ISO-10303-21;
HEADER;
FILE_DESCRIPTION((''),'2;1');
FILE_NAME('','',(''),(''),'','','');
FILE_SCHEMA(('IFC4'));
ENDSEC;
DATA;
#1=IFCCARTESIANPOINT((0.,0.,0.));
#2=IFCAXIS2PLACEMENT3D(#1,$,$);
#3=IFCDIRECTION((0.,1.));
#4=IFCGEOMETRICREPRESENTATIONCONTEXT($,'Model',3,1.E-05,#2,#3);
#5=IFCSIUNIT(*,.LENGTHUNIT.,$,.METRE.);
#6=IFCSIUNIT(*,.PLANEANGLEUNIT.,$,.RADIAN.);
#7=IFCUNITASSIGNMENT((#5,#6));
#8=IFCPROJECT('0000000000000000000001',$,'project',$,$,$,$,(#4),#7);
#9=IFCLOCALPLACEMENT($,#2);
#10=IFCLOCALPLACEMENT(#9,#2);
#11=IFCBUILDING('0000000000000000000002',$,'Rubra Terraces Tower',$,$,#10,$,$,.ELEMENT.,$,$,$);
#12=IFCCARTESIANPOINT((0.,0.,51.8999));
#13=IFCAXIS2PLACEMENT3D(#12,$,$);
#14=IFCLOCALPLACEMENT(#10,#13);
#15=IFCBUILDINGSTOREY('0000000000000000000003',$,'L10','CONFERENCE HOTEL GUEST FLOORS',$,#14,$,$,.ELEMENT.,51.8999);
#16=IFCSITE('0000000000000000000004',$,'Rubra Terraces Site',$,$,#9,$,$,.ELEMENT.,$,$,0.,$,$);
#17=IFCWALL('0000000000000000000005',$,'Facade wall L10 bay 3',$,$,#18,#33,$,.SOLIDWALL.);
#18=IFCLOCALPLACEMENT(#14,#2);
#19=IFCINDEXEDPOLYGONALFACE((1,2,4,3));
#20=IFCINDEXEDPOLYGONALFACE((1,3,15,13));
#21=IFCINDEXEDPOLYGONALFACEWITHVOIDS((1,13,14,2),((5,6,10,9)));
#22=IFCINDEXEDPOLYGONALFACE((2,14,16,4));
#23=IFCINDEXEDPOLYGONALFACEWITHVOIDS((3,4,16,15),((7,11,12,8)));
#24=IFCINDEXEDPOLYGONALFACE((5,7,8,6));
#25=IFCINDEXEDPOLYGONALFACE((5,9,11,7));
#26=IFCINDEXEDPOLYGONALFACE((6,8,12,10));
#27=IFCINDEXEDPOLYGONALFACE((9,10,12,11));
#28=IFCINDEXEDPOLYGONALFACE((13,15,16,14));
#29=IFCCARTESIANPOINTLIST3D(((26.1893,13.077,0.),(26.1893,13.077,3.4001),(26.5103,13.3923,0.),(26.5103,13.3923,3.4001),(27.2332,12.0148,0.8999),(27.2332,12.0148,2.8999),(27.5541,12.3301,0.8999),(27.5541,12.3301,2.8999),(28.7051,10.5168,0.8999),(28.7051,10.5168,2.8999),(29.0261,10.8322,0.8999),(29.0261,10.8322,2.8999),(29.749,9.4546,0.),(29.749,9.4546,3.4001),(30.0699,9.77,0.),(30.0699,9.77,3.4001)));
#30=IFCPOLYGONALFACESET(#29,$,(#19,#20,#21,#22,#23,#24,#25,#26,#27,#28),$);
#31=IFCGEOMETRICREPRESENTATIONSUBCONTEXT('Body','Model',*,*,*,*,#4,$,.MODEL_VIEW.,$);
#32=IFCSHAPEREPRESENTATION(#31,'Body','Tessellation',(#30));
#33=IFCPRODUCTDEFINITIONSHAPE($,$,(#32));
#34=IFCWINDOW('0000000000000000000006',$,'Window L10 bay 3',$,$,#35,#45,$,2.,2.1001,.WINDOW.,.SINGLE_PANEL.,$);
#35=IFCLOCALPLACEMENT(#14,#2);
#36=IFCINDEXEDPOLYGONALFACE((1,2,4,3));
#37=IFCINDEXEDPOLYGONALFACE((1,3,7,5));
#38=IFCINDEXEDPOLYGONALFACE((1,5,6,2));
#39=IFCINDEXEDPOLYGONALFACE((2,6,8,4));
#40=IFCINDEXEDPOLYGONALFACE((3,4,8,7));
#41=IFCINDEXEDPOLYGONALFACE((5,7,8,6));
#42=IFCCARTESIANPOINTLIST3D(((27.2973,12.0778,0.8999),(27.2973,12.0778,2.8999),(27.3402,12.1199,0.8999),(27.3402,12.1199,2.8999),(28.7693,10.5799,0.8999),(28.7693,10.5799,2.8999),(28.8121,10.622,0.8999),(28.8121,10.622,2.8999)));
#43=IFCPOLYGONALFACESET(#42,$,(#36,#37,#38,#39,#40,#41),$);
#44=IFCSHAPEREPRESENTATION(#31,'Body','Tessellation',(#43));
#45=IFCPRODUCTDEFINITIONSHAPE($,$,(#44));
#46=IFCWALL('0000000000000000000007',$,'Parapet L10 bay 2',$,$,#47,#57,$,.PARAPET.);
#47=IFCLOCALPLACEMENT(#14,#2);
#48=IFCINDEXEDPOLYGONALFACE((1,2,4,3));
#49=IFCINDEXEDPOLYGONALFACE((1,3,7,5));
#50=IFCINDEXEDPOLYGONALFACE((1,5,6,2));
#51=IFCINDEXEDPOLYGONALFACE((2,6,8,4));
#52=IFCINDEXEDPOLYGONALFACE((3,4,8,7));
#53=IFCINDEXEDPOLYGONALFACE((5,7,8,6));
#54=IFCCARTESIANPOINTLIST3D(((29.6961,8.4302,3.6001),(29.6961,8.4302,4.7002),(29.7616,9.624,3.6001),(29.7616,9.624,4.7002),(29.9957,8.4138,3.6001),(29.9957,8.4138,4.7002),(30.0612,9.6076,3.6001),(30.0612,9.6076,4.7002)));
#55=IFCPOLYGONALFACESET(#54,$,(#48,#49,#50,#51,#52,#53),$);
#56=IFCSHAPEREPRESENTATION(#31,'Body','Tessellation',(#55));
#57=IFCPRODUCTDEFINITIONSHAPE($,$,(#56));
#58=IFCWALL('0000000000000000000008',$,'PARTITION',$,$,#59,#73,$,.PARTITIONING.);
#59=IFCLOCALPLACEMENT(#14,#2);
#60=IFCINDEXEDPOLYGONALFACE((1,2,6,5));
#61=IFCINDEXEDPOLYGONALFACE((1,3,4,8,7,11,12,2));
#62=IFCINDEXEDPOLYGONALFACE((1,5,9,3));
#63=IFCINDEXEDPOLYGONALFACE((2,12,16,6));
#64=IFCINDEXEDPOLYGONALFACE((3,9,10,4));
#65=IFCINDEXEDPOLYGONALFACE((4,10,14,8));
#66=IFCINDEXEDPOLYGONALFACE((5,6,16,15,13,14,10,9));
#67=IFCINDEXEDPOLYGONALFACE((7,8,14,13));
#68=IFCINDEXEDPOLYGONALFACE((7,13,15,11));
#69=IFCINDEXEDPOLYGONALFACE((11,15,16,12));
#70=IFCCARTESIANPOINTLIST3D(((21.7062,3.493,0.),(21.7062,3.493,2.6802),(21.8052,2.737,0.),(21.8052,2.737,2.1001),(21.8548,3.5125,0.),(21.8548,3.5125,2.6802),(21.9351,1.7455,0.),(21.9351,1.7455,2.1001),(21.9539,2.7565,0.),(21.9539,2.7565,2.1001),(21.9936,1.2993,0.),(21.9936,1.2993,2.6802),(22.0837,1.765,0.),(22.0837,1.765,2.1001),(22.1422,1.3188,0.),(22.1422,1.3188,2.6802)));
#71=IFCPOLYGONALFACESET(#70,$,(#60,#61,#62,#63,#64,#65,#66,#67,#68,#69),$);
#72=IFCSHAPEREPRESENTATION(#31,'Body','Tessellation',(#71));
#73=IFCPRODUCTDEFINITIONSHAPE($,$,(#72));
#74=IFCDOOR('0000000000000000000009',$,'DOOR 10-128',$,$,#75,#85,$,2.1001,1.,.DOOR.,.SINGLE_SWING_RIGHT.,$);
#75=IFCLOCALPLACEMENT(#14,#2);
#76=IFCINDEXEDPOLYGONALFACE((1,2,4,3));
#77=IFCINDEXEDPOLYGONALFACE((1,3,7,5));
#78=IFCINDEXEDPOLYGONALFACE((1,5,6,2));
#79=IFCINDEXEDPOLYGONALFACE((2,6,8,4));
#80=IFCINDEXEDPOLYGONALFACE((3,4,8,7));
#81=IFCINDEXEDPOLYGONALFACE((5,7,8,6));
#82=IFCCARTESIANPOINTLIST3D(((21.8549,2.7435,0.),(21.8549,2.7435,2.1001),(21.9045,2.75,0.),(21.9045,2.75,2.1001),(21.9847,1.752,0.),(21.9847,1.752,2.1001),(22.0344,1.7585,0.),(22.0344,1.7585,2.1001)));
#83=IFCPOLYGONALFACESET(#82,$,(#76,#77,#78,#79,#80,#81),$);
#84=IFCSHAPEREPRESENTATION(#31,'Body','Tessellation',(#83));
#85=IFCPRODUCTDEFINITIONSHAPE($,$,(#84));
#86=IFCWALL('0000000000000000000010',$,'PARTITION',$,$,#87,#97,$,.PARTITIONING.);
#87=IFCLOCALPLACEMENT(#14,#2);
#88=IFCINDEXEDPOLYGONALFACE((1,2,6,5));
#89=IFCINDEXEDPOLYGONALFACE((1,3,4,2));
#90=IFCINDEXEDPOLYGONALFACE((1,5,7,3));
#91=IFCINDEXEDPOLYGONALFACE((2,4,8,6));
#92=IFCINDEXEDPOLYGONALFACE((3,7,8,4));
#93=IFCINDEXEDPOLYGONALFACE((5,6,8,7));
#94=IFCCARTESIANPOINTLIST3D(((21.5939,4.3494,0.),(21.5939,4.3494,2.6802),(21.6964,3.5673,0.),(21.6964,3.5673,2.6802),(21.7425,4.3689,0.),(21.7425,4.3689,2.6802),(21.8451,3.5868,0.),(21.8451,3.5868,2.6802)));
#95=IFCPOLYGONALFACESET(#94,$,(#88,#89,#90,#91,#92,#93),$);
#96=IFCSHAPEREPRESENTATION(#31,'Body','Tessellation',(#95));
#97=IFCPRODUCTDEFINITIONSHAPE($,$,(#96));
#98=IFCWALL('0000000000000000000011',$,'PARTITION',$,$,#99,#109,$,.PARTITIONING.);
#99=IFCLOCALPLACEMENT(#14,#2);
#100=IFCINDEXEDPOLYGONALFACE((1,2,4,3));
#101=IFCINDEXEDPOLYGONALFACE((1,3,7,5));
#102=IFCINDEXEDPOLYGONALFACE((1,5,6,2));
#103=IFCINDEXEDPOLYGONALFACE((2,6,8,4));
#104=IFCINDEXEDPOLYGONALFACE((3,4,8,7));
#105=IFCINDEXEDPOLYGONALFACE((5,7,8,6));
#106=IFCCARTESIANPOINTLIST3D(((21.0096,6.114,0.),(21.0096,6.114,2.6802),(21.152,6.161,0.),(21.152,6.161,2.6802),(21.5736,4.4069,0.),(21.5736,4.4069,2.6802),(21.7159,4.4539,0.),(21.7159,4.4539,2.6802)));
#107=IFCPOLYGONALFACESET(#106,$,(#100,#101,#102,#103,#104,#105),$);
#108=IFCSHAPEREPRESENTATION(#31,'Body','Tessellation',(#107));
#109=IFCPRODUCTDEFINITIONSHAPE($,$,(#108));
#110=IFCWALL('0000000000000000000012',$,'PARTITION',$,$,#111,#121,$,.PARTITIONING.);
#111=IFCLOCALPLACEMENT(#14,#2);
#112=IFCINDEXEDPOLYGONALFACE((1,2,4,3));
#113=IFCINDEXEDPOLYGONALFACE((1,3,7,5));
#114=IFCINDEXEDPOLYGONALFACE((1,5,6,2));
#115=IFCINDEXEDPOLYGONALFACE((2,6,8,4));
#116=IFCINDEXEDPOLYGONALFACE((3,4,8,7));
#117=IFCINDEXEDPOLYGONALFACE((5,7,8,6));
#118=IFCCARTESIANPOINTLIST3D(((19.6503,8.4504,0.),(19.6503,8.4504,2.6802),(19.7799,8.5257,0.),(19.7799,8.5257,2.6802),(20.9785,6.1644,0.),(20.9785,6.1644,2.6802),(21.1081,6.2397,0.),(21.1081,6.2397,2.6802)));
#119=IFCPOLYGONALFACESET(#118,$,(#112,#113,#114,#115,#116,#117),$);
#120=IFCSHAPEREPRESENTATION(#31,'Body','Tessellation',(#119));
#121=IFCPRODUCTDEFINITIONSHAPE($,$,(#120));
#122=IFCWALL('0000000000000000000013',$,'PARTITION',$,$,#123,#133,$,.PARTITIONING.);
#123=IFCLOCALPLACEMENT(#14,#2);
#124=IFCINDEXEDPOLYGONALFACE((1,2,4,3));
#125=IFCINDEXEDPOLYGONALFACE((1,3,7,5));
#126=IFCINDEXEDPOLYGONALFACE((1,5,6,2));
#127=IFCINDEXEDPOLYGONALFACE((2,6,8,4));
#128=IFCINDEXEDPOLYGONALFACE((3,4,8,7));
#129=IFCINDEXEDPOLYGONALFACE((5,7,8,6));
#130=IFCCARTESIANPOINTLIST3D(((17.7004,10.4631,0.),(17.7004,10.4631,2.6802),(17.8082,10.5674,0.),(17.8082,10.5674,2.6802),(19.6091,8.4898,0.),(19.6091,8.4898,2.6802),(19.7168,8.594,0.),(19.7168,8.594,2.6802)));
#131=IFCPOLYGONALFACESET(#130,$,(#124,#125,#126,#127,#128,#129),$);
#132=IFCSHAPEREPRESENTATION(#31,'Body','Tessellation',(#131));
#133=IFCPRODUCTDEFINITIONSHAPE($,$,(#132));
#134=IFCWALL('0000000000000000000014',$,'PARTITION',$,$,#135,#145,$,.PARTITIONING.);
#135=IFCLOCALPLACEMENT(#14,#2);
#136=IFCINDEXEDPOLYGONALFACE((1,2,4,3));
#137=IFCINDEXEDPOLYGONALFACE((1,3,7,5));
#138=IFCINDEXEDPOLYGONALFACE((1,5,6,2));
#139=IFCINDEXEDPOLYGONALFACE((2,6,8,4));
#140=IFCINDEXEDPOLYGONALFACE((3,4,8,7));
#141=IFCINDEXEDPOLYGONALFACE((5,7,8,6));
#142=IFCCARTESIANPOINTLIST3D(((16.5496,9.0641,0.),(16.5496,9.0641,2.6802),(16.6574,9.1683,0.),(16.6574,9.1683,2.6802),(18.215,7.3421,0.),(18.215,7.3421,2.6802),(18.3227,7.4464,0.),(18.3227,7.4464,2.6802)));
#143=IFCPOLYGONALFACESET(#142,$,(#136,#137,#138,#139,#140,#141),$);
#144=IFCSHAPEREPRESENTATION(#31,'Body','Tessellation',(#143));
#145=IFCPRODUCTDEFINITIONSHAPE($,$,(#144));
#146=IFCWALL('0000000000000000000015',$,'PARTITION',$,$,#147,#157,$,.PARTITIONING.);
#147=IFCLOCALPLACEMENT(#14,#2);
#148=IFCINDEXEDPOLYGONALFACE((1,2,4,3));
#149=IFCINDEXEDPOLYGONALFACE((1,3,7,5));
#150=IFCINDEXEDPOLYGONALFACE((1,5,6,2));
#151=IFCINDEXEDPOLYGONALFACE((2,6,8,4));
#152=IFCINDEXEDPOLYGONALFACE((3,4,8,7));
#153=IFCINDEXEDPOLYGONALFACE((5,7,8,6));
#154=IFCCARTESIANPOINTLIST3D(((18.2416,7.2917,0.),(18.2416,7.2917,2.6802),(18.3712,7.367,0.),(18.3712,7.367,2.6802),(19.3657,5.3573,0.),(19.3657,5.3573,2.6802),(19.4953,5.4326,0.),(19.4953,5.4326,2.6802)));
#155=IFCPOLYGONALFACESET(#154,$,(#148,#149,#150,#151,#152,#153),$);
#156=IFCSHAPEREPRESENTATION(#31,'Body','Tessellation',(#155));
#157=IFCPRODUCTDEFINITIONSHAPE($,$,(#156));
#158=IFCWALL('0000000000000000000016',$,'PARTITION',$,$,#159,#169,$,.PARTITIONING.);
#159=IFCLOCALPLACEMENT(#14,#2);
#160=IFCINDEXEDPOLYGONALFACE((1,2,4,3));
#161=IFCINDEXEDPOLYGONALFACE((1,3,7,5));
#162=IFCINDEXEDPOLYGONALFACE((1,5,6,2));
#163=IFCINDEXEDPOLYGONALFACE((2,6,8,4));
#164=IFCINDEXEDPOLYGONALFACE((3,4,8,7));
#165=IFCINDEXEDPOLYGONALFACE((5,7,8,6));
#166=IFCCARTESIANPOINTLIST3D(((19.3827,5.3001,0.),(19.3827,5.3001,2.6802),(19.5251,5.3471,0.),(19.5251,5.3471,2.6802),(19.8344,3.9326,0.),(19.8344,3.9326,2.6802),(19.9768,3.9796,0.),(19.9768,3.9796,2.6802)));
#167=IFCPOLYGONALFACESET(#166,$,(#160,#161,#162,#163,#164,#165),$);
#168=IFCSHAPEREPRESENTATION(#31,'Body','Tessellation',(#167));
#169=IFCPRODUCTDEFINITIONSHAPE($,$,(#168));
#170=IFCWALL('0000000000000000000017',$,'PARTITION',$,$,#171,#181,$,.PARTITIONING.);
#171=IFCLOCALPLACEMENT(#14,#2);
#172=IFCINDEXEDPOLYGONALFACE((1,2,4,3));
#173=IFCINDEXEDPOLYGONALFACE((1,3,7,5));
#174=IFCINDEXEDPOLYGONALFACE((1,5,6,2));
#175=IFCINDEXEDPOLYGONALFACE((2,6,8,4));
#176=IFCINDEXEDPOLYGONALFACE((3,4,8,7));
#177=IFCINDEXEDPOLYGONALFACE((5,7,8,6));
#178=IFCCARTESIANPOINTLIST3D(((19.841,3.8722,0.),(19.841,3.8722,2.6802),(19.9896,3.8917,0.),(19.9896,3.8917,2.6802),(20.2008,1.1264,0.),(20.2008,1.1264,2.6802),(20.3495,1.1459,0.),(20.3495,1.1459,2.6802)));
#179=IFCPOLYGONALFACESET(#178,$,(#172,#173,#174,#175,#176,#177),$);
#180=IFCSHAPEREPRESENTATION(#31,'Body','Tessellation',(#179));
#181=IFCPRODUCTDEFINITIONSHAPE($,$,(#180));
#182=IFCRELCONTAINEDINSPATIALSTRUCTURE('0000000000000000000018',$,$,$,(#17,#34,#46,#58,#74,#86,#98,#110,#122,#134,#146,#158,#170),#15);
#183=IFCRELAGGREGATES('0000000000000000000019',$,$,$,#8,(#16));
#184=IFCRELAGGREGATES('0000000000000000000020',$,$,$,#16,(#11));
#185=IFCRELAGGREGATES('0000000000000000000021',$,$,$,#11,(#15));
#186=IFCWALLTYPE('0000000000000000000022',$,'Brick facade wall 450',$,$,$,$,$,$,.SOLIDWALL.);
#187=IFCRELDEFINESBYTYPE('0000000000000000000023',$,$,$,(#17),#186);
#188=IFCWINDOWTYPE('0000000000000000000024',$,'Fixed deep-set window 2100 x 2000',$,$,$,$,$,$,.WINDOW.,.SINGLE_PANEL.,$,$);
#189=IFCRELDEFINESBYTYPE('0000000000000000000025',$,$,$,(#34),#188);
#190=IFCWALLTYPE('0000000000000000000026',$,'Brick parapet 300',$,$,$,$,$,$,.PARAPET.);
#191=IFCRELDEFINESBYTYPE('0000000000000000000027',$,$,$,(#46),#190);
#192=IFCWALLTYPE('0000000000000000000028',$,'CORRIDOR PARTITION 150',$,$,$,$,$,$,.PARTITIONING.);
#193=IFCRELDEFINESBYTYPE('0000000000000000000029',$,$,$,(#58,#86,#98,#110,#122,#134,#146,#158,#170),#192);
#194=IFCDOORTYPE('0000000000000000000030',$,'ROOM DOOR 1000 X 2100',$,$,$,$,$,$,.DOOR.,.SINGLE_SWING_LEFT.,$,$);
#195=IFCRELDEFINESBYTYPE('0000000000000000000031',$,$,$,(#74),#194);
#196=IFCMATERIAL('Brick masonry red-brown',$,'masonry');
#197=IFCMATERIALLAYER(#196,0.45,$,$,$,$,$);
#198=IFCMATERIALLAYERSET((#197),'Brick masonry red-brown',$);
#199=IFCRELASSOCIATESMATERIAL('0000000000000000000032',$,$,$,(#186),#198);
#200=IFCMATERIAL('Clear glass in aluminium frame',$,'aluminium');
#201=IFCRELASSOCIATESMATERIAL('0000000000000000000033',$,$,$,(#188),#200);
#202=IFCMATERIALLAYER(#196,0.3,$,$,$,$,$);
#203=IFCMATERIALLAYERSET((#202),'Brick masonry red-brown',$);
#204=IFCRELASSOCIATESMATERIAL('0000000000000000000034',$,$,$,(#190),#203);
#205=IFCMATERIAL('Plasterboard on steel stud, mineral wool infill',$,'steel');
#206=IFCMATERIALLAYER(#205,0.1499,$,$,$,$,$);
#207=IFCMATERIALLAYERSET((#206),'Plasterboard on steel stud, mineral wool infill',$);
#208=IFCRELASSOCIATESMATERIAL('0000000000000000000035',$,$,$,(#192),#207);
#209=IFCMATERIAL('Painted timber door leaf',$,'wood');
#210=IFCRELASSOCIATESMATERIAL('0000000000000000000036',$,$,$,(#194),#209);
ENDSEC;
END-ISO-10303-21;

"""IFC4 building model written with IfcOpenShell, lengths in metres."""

from ifc_helpers import new_model, si_unit, direction, frame, frame_2d, origin, place, context, subcontext, project, spatial, rectangle, extrude, material, layer, layer_set, type_object, element, fill, save


model = new_model("IFC4")

# Units and contexts
model_context = context("Model", 3, precision=1e-05, world=origin(), true_north=direction((0.0, 1.0)))
body_context = subcontext(model_context, "Body", "Model", "MODEL_VIEW")
ifc_project = project(units=[si_unit("LENGTHUNIT", "METRE"), si_unit("PLANEANGLEUNIT", "RADIAN")], contexts=[model_context])

# Site, building, storey
site_placement = place(None, origin())
site = spatial("IfcSite", under=ifc_project, at=site_placement, Name="Rubra Terraces Site", CompositionType="ELEMENT", RefElevation=0.0)
building_placement = place(site_placement, origin())
building = spatial("IfcBuilding", under=site, at=building_placement, Name="Rubra Terraces Tower", CompositionType="ELEMENT")
storey_placement = place(building_placement, frame((0.0, 0.0, 51.8999)))
storey = spatial("IfcBuildingStorey", under=building, at=storey_placement, Name="L10", Description="CONFERENCE HOTEL GUEST FLOORS", CompositionType="ELEMENT", Elevation=51.8999)

# Wall, opening, window
ifc_material_1 = material(Name="Brick masonry red-brown", Category="masonry")
ifc_layer_1 = layer(ifc_material_1, 0.45)
ifc_layer_set_1 = layer_set([ifc_layer_1], Name="Brick masonry red-brown")
wall_type_1 = type_object("IfcWallType", Name="Brick facade wall 450", PredefinedType="SOLIDWALL", material=ifc_layer_set_1)
ifc_material_2 = material(Name="Clear glass in aluminium frame", Category="aluminium")
window_type = type_object("IfcWindowType", Name="Fixed deep-set window 2100 x 2000", PartitioningType="SINGLE_PANEL", PredefinedType="WINDOW", material=ifc_material_2)
wall_1_placement = place(storey_placement, frame((29.9094, 9.6123, 0.0), z_axis=(0.0, 0.0, 1.0), x_axis=(-0.700902, 0.713257, 0.0)))
wall_1 = element("IfcWall", 1, at=wall_1_placement, inside=storey, type_object=wall_type_1, Name="Facade wall L10 bay 3", PredefinedType="SOLIDWALL", context=body_context, shape_type="SweptSolid", body=[
    extrude(rectangle(XDim=5.0786, YDim=0.45, at=frame_2d((2.5393, 0.0))), origin(), (0.0, 0.0, 1.0), 3.4001),
])
opening_1_placement = place(wall_1_placement, frame((1.4893, 0.0, 0.8999)))
opening_1 = element("IfcOpeningElement", 2, at=opening_1_placement, cuts=wall_1, PredefinedType="OPENING", context=body_context, shape_type="SweptSolid", body=[
    extrude(rectangle(XDim=2.1001, YDim=2.0, at=frame_2d((1.05, 1.0))), frame((0.0, 0.2349, 0.0), z_axis=(0.0, -1.0, 0.0), x_axis=(1.0, 0.0, 0.0)), (0.0, 0.0, 1.0), 0.47),
])
window_1_placement = place(opening_1_placement, origin())
window_1 = element("IfcWindow", 3, at=window_1_placement, inside=storey, type_object=window_type, Name="Window L10 bay 3", OverallHeight=2.0, OverallWidth=2.1001, PartitioningType="SINGLE_PANEL", PredefinedType="WINDOW", context=body_context, shape_type="SweptSolid", body=[
    extrude(rectangle(XDim=2.1001, YDim=2.0, at=frame_2d((1.05, 1.0))), frame((0.0, 0.135, 0.0), z_axis=(0.0, -1.0, 0.0), x_axis=(1.0, 0.0, 0.0)), (0.0, 0.0, 1.0), 0.0601),
])
fill(opening_1, window_1)

# Wall
ifc_layer_2 = layer(ifc_material_1, 0.3)
ifc_layer_set_2 = layer_set([ifc_layer_2], Name="Brick masonry red-brown")
wall_type_2 = type_object("IfcWallType", Name="Brick parapet 300", PredefinedType="PARAPET", material=ifc_layer_set_2)
wall_2_placement = place(storey_placement, frame((29.8459, 8.4221, 3.6001), z_axis=(0.0, 0.0, 1.0), x_axis=(0.054724, 0.998502, 0.0)))
element("IfcWall", 4, at=wall_2_placement, inside=storey, type_object=wall_type_2, Name="Parapet L10 bay 2", PredefinedType="PARAPET", context=body_context, shape_type="SweptSolid", body=[
    extrude(rectangle(XDim=1.1956, YDim=0.3, at=frame_2d((0.5977, 0.0))), origin(), (0.0, 0.0, 1.0), 1.1001),
])

# Wall, opening, door
ifc_material_3 = material(Name="Plasterboard on steel stud, mineral wool infill", Category="steel")
ifc_layer_3 = layer(ifc_material_3, 0.1499)
ifc_layer_set_3 = layer_set([ifc_layer_3], Name="Plasterboard on steel stud, mineral wool infill")
wall_type_3 = type_object("IfcWallType", Name="CORRIDOR PARTITION 150", PredefinedType="PARTITIONING", material=ifc_layer_set_3)
wall_3_placement = place(storey_placement, frame((22.0679, 1.3091, 0.0), z_axis=(0.0, 0.0, 1.0), x_axis=(-0.129886, 0.991529, 0.0)))
wall_3 = element("IfcWall", 5, at=wall_3_placement, inside=storey, type_object=wall_type_3, Name="PARTITION", PredefinedType="PARTITIONING", context=body_context, shape_type="SweptSolid", body=[
    extrude(rectangle(XDim=2.2124, YDim=0.1499, at=frame_2d((1.1062, 0.0))), origin(), (0.0, 0.0, 1.0), 2.6802),
])
opening_2_placement = place(wall_3_placement, frame((0.45, 0.0, 0.0)))
opening_2 = element("IfcOpeningElement", 6, at=opening_2_placement, cuts=wall_3, PredefinedType="OPENING", context=body_context, shape_type="SweptSolid", body=[
    extrude(rectangle(XDim=1.0, YDim=2.1001, at=frame_2d((0.5, 1.05))), frame((0.0, 0.085, 0.0), z_axis=(0.0, -1.0, 0.0), x_axis=(1.0, 0.0, 0.0)), (0.0, 0.0, 1.0), 0.1699),
])
ifc_material_4 = material(Name="Painted timber door leaf", Category="wood")
door_type_1 = type_object("IfcDoorType", Name="ROOM DOOR 1000 X 2100", OperationType="SINGLE_SWING_LEFT", PredefinedType="DOOR", material=ifc_material_4)
door_1_placement = place(opening_2_placement, origin())
door_1 = element("IfcDoor", 7, at=door_1_placement, inside=storey, type_object=door_type_1, Name="DOOR 10-128", OperationType="SINGLE_SWING_RIGHT", OverallHeight=2.1001, OverallWidth=1.0, PredefinedType="DOOR", context=body_context, shape_type="SweptSolid", body=[
    extrude(rectangle(XDim=1.0, YDim=2.1001, at=frame_2d((0.5, 1.05))), frame((0.0, 0.0249, 0.0), z_axis=(0.0, -1.0, 0.0), x_axis=(1.0, 0.0, 0.0)), (0.0, 0.0, 1.0), 0.05),
])
fill(opening_2, door_1)

# Walls
wall_4_placement = place(storey_placement, frame((21.7708, 3.5769, 0.0), z_axis=(0.0, 0.0, 1.0), x_axis=(-0.129974, 0.991517, 0.0)))
element("IfcWall", 8, at=wall_4_placement, inside=storey, type_object=wall_type_3, Name="PARTITION", PredefinedType="PARTITIONING", context=body_context, shape_type="SweptSolid", body=[
    extrude(rectangle(XDim=0.7888, YDim=0.1499, at=frame_2d((0.3945, 0.0))), origin(), (0.0, 0.0, 1.0), 2.6802),
])
wall_5_placement = place(storey_placement, frame((21.6448, 4.4304, 0.0), z_axis=(0.0, 0.0, 1.0), x_axis=(-0.313701, 0.949522, 0.0)))
element("IfcWall", 9, at=wall_5_placement, inside=storey, type_object=wall_type_3, Name="PARTITION", PredefinedType="PARTITIONING", context=body_context, shape_type="SweptSolid", body=[
    extrude(rectangle(XDim=1.7979, YDim=0.1499, at=frame_2d((0.8989, 0.0))), origin(), (0.0, 0.0, 1.0), 2.6802),
])
wall_6_placement = place(storey_placement, frame((21.0432, 6.2021, 0.0), z_axis=(0.0, 0.0, 1.0), x_axis=(-0.502372, 0.864652, 0.0)))
element("IfcWall", 10, at=wall_6_placement, inside=storey, type_object=wall_type_3, Name="PARTITION", PredefinedType="PARTITIONING", context=body_context, shape_type="SweptSolid", body=[
    extrude(rectangle(XDim=2.6438, YDim=0.1499, at=frame_2d((1.3218, 0.0))), origin(), (0.0, 0.0, 1.0), 2.6802),
])
wall_7_placement = place(storey_placement, frame((19.6628, 8.542, 0.0), z_axis=(0.0, 0.0, 1.0), x_axis=(-0.695226, 0.718791, 0.0)))
element("IfcWall", 11, at=wall_7_placement, inside=storey, type_object=wall_type_3, Name="PARTITION", PredefinedType="PARTITIONING", context=body_context, shape_type="SweptSolid", body=[
    extrude(rectangle(XDim=2.7454, YDim=0.1499, at=frame_2d((1.3726, 0.0))), origin(), (0.0, 0.0, 1.0), 2.6802),
])
wall_8_placement = place(storey_placement, frame((16.6035, 9.1162, 0.0), z_axis=(0.0, 0.0, 1.0), x_axis=(0.695185, -0.71883, 0.0)))
element("IfcWall", 12, at=wall_8_placement, inside=storey, type_object=wall_type_3, Name="PARTITION", PredefinedType="PARTITIONING", context=body_context, shape_type="SweptSolid", body=[
    extrude(rectangle(XDim=2.3955, YDim=0.1499, at=frame_2d((1.1978, 0.0))), origin(), (0.0, 0.0, 1.0), 2.6802),
])
wall_9_placement = place(storey_placement, frame((18.3064, 7.3293, 0.0), z_axis=(0.0, 0.0, 1.0), x_axis=(0.502425, -0.864621, 0.0)))
element("IfcWall", 13, at=wall_9_placement, inside=storey, type_object=wall_type_3, Name="PARTITION", PredefinedType="PARTITIONING", context=body_context, shape_type="SweptSolid", body=[
    extrude(rectangle(XDim=2.2373, YDim=0.1499, at=frame_2d((1.1187, 0.0))), origin(), (0.0, 0.0, 1.0), 2.6802),
])
wall_10_placement = place(storey_placement, frame((19.4539, 5.3237, 0.0), z_axis=(0.0, 0.0, 1.0), x_axis=(0.313633, -0.949544, 0.0)))
element("IfcWall", 14, at=wall_10_placement, inside=storey, type_object=wall_type_3, Name="PARTITION", PredefinedType="PARTITIONING", context=body_context, shape_type="SweptSolid", body=[
    extrude(rectangle(XDim=1.4402, YDim=0.1499, at=frame_2d((0.7202, 0.0))), origin(), (0.0, 0.0, 1.0), 2.6802),
])
wall_11_placement = place(storey_placement, frame((19.9153, 3.8821, 0.0), z_axis=(0.0, 0.0, 1.0), x_axis=(0.129946, -0.991521, 0.0)))
element("IfcWall", 15, at=wall_11_placement, inside=storey, type_object=wall_type_3, Name="PARTITION", PredefinedType="PARTITIONING", context=body_context, shape_type="SweptSolid", body=[
    extrude(rectangle(XDim=2.7693, YDim=0.1499, at=frame_2d((1.3848, 0.0))), origin(), (0.0, 0.0, 1.0), 2.6802),
])

save(model, "model.ifc")
